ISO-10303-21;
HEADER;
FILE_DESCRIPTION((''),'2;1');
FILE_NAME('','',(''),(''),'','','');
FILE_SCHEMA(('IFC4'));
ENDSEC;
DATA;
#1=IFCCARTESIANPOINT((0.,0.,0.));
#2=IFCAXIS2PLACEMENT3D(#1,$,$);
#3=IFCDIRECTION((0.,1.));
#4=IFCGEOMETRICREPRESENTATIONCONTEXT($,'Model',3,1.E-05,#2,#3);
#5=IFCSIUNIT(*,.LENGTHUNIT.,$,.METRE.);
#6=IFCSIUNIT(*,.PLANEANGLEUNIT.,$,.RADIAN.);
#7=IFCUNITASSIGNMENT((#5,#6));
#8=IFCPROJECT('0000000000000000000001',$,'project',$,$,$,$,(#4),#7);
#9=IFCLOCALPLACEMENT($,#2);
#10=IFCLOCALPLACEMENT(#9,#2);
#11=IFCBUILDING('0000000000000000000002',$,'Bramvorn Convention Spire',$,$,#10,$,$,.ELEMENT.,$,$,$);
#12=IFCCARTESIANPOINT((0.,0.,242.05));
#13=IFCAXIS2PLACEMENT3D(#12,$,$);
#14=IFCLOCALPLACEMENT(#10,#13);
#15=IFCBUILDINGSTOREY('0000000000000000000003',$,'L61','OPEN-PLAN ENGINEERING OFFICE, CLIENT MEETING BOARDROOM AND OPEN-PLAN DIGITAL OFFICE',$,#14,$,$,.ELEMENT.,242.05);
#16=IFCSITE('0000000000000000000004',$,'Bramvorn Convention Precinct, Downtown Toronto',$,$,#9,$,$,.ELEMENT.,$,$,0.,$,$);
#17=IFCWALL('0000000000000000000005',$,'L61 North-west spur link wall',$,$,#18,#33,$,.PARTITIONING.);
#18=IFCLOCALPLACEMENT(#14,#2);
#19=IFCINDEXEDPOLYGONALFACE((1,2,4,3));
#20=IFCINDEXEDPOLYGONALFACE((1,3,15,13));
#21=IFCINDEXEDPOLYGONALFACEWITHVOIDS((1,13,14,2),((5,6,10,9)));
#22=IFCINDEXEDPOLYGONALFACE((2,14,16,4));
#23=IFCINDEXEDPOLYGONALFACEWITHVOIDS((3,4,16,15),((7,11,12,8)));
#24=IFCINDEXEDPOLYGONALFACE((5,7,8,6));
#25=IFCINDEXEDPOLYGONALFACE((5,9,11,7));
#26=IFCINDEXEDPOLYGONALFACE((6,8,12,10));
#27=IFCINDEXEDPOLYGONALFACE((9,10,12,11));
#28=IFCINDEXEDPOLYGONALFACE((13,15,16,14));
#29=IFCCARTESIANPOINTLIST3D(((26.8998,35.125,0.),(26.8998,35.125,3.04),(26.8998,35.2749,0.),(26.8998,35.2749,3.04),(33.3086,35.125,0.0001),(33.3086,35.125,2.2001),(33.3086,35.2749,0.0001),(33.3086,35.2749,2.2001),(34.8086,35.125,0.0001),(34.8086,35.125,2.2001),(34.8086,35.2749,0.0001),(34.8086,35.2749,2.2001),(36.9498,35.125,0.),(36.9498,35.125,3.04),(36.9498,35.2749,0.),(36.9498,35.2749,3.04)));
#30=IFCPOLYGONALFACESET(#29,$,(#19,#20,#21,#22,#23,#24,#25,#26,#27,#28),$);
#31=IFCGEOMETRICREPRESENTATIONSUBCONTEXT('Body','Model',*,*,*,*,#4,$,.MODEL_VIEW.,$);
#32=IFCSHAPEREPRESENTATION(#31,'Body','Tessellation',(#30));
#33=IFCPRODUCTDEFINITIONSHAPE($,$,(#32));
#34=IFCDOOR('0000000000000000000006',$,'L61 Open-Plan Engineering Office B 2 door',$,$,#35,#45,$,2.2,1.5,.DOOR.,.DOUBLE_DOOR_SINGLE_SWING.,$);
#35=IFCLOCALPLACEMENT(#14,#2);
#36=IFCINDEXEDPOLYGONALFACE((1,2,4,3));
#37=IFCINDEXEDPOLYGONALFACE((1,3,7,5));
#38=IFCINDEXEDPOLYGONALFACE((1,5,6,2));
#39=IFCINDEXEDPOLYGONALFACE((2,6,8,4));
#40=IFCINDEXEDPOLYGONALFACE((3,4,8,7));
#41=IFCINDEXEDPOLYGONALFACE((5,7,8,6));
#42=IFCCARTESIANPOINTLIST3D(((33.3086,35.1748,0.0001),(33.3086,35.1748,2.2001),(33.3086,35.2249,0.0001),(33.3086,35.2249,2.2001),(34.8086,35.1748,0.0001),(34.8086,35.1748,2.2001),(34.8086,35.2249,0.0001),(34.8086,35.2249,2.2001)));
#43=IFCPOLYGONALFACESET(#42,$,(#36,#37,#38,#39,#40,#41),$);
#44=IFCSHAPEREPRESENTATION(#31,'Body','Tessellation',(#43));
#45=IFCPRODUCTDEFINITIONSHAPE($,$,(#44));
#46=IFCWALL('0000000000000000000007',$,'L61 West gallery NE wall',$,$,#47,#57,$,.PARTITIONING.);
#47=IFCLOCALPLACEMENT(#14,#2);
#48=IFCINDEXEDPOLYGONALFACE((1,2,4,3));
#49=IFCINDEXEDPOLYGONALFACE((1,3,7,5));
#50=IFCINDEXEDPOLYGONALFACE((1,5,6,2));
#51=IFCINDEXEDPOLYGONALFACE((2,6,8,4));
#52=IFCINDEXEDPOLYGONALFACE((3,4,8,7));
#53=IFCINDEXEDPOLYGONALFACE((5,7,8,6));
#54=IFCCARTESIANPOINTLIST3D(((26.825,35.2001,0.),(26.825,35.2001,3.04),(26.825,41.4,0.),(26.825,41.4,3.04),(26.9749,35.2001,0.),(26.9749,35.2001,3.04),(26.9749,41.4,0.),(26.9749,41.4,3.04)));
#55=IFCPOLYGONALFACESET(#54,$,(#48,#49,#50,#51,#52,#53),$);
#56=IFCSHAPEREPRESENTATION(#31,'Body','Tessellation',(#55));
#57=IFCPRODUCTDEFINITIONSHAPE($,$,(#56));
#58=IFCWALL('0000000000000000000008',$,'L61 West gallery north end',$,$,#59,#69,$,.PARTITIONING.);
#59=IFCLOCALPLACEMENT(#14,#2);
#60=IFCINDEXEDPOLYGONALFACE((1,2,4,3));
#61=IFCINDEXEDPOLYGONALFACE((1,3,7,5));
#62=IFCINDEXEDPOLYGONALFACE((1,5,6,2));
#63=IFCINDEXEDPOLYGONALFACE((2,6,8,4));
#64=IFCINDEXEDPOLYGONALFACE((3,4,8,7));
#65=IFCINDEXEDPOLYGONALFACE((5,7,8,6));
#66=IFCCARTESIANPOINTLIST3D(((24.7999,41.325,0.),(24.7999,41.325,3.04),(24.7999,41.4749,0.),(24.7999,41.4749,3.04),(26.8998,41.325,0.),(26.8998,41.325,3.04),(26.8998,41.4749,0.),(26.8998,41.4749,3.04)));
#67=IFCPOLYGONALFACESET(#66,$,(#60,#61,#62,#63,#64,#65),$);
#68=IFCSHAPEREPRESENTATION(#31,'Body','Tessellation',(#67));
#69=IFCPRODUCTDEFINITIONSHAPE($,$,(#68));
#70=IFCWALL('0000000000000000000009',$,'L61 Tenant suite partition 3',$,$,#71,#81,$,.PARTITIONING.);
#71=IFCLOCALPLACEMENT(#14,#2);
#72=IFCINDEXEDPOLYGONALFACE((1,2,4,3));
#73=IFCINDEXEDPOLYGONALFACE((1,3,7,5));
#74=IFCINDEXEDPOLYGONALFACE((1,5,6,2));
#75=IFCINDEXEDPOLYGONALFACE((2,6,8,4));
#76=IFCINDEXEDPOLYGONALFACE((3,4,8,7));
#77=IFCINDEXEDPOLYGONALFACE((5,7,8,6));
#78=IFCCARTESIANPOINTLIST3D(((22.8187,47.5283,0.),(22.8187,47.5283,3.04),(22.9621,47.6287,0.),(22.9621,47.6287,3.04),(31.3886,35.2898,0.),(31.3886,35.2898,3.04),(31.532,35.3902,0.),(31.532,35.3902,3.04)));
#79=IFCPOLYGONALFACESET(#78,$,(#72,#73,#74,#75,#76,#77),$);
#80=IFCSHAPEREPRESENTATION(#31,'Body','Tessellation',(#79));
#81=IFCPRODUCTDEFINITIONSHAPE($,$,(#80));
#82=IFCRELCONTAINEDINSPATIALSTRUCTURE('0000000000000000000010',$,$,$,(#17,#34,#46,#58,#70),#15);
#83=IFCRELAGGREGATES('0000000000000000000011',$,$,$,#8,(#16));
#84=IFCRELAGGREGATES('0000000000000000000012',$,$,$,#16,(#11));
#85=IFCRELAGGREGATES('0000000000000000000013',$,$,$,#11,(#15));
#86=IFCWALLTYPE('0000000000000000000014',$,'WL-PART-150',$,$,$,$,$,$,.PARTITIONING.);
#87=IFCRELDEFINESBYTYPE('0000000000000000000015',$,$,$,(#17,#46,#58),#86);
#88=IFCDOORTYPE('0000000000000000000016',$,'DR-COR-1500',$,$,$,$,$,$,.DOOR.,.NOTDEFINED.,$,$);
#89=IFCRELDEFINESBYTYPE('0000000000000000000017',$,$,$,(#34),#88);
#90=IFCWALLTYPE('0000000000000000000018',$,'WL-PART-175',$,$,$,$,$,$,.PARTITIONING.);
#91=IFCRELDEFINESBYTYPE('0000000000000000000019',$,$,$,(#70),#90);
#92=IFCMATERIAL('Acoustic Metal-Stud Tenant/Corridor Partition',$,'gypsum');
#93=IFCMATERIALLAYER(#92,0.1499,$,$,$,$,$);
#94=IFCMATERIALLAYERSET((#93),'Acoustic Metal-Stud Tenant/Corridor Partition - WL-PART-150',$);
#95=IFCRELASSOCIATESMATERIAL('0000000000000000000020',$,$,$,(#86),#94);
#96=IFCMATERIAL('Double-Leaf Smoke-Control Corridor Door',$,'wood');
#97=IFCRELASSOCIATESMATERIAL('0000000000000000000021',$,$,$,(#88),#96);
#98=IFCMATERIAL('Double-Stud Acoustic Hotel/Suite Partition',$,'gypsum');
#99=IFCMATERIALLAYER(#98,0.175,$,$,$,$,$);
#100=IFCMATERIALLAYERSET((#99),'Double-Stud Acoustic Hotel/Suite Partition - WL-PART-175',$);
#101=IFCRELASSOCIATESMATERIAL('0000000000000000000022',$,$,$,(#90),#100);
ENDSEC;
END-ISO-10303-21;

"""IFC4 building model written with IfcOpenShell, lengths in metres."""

from ifc_helpers import new_model, si_unit, direction, frame, frame_2d, origin, place, context, subcontext, project, spatial, rectangle, extrude, material, layer, layer_set, type_object, element, fill, save


model = new_model("IFC4")

# Units and contexts
model_context = context("Model", 3, precision=1e-05, world=origin(), true_north=direction((0.0, 1.0)))
body_context = subcontext(model_context, "Body", "Model", "MODEL_VIEW")
ifc_project = project(units=[si_unit("LENGTHUNIT", "METRE"), si_unit("PLANEANGLEUNIT", "RADIAN")], contexts=[model_context])

# Site, building, storey
site_placement = place(None, origin())
site = spatial("IfcSite", under=ifc_project, at=site_placement, Name="Bramvorn Convention Precinct, Downtown Toronto", CompositionType="ELEMENT", RefElevation=0.0)
building_placement = place(site_placement, origin())
building = spatial("IfcBuilding", under=site, at=building_placement, Name="Bramvorn Convention Spire", CompositionType="ELEMENT")
storey_placement = place(building_placement, frame((0.0, 0.0, 242.05)))
storey = spatial("IfcBuildingStorey", under=building, at=storey_placement, Name="L61", Description="OPEN-PLAN ENGINEERING OFFICE, CLIENT MEETING BOARDROOM AND OPEN-PLAN DIGITAL OFFICE", CompositionType="ELEMENT", Elevation=242.05)

# Wall, opening, door
ifc_material_1 = material(Name="Acoustic Metal-Stud Tenant/Corridor Partition", Category="gypsum")
ifc_layer_1 = layer(ifc_material_1, 0.1499)
ifc_layer_set_1 = layer_set([ifc_layer_1], Name="Acoustic Metal-Stud Tenant/Corridor Partition - WL-PART-150")
wall_type_1 = type_object("IfcWallType", Name="WL-PART-150", PredefinedType="PARTITIONING", material=ifc_layer_set_1)
wall_1_placement = place(storey_placement, frame((26.8999, 35.2, 0.0), z_axis=(0.0, 0.0, 1.0), x_axis=(1.0, 0.0, 0.0)))
wall_1 = element("IfcWall", 1, at=wall_1_placement, inside=storey, type_object=wall_type_1, Name="L61 North-west spur link wall", PredefinedType="PARTITIONING", context=body_context, shape_type="SweptSolid", body=[
    extrude(rectangle(XDim=10.05, YDim=0.1499, at=frame_2d((5.0249, 0.0))), origin(), (0.0, 0.0, 1.0), 3.04),
])
opening_1_placement = place(wall_1_placement, frame((6.4087, 0.0, 0.0)))
opening_1 = element("IfcOpeningElement", 2, at=opening_1_placement, cuts=wall_1, PredefinedType="OPENING", context=body_context, shape_type="SweptSolid", body=[
    extrude(rectangle(XDim=1.5, YDim=2.2, at=frame_2d((0.75, 1.1001))), frame((0.0, 0.085, 0.0), z_axis=(0.0, -1.0, 0.0), x_axis=(1.0, 0.0, 0.0)), (0.0, 0.0, 1.0), 0.1699),
])
ifc_material_2 = material(Name="Double-Leaf Smoke-Control Corridor Door", Category="wood")
door_type = type_object("IfcDoorType", Name="DR-COR-1500", OperationType="NOTDEFINED", PredefinedType="DOOR", material=ifc_material_2)
door_placement = place(opening_1_placement, origin())
door = element("IfcDoor", 3, at=door_placement, inside=storey, type_object=door_type, Name="L61 Open-Plan Engineering Office B 2 door", OperationType="DOUBLE_DOOR_SINGLE_SWING", OverallHeight=2.2, OverallWidth=1.5, PredefinedType="DOOR", context=body_context, shape_type="SweptSolid", body=[
    extrude(rectangle(XDim=1.5, YDim=2.2, at=frame_2d((0.75, 1.1001))), frame((0.0, 0.0249, 0.0), z_axis=(0.0, -1.0, 0.0), x_axis=(1.0, 0.0, 0.0)), (0.0, 0.0, 1.0), 0.05),
])
fill(opening_1, door)

# Walls
wall_2_placement = place(storey_placement, frame((26.8999, 35.2, 0.0), z_axis=(0.0, 0.0, 1.0), x_axis=(0.0, 1.0, 0.0)))
element("IfcWall", 4, at=wall_2_placement, inside=storey, type_object=wall_type_1, Name="L61 West gallery NE wall", PredefinedType="PARTITIONING", context=body_context, shape_type="SweptSolid", body=[
    extrude(rectangle(XDim=6.2, YDim=0.1499, at=frame_2d((3.1001, 0.0))), origin(), (0.0, 0.0, 1.0), 3.04),
])
wall_3_placement = place(storey_placement, frame((24.8, 41.3999, 0.0), z_axis=(0.0, 0.0, 1.0), x_axis=(1.0, 0.0, 0.0)))
element("IfcWall", 5, at=wall_3_placement, inside=storey, type_object=wall_type_1, Name="L61 West gallery north end", PredefinedType="PARTITIONING", context=body_context, shape_type="SweptSolid", body=[
    extrude(rectangle(XDim=2.0999, YDim=0.1499, at=frame_2d((1.0498, 0.0))), origin(), (0.0, 0.0, 1.0), 3.04),
])
ifc_material_3 = material(Name="Double-Stud Acoustic Hotel/Suite Partition", Category="gypsum")
ifc_layer_2 = layer(ifc_material_3, 0.175)
ifc_layer_set_2 = layer_set([ifc_layer_2], Name="Double-Stud Acoustic Hotel/Suite Partition - WL-PART-175")
wall_type_2 = type_object("IfcWallType", Name="WL-PART-175", PredefinedType="PARTITIONING", material=ifc_layer_set_2)
wall_4_placement = place(storey_placement, frame((31.4602, 35.3401, 0.0), z_axis=(0.0, 0.0, 1.0), x_axis=(-0.573591, 0.819142, 0.0)))
element("IfcWall", 6, at=wall_4_placement, inside=storey, type_object=wall_type_2, Name="L61 Tenant suite partition 3", PredefinedType="PARTITIONING", context=body_context, shape_type="SweptSolid", body=[
    extrude(rectangle(XDim=14.9407, YDim=0.175, at=frame_2d((7.4702, 0.0))), origin(), (0.0, 0.0, 1.0), 3.04),
])

save(model, "model.ifc")
